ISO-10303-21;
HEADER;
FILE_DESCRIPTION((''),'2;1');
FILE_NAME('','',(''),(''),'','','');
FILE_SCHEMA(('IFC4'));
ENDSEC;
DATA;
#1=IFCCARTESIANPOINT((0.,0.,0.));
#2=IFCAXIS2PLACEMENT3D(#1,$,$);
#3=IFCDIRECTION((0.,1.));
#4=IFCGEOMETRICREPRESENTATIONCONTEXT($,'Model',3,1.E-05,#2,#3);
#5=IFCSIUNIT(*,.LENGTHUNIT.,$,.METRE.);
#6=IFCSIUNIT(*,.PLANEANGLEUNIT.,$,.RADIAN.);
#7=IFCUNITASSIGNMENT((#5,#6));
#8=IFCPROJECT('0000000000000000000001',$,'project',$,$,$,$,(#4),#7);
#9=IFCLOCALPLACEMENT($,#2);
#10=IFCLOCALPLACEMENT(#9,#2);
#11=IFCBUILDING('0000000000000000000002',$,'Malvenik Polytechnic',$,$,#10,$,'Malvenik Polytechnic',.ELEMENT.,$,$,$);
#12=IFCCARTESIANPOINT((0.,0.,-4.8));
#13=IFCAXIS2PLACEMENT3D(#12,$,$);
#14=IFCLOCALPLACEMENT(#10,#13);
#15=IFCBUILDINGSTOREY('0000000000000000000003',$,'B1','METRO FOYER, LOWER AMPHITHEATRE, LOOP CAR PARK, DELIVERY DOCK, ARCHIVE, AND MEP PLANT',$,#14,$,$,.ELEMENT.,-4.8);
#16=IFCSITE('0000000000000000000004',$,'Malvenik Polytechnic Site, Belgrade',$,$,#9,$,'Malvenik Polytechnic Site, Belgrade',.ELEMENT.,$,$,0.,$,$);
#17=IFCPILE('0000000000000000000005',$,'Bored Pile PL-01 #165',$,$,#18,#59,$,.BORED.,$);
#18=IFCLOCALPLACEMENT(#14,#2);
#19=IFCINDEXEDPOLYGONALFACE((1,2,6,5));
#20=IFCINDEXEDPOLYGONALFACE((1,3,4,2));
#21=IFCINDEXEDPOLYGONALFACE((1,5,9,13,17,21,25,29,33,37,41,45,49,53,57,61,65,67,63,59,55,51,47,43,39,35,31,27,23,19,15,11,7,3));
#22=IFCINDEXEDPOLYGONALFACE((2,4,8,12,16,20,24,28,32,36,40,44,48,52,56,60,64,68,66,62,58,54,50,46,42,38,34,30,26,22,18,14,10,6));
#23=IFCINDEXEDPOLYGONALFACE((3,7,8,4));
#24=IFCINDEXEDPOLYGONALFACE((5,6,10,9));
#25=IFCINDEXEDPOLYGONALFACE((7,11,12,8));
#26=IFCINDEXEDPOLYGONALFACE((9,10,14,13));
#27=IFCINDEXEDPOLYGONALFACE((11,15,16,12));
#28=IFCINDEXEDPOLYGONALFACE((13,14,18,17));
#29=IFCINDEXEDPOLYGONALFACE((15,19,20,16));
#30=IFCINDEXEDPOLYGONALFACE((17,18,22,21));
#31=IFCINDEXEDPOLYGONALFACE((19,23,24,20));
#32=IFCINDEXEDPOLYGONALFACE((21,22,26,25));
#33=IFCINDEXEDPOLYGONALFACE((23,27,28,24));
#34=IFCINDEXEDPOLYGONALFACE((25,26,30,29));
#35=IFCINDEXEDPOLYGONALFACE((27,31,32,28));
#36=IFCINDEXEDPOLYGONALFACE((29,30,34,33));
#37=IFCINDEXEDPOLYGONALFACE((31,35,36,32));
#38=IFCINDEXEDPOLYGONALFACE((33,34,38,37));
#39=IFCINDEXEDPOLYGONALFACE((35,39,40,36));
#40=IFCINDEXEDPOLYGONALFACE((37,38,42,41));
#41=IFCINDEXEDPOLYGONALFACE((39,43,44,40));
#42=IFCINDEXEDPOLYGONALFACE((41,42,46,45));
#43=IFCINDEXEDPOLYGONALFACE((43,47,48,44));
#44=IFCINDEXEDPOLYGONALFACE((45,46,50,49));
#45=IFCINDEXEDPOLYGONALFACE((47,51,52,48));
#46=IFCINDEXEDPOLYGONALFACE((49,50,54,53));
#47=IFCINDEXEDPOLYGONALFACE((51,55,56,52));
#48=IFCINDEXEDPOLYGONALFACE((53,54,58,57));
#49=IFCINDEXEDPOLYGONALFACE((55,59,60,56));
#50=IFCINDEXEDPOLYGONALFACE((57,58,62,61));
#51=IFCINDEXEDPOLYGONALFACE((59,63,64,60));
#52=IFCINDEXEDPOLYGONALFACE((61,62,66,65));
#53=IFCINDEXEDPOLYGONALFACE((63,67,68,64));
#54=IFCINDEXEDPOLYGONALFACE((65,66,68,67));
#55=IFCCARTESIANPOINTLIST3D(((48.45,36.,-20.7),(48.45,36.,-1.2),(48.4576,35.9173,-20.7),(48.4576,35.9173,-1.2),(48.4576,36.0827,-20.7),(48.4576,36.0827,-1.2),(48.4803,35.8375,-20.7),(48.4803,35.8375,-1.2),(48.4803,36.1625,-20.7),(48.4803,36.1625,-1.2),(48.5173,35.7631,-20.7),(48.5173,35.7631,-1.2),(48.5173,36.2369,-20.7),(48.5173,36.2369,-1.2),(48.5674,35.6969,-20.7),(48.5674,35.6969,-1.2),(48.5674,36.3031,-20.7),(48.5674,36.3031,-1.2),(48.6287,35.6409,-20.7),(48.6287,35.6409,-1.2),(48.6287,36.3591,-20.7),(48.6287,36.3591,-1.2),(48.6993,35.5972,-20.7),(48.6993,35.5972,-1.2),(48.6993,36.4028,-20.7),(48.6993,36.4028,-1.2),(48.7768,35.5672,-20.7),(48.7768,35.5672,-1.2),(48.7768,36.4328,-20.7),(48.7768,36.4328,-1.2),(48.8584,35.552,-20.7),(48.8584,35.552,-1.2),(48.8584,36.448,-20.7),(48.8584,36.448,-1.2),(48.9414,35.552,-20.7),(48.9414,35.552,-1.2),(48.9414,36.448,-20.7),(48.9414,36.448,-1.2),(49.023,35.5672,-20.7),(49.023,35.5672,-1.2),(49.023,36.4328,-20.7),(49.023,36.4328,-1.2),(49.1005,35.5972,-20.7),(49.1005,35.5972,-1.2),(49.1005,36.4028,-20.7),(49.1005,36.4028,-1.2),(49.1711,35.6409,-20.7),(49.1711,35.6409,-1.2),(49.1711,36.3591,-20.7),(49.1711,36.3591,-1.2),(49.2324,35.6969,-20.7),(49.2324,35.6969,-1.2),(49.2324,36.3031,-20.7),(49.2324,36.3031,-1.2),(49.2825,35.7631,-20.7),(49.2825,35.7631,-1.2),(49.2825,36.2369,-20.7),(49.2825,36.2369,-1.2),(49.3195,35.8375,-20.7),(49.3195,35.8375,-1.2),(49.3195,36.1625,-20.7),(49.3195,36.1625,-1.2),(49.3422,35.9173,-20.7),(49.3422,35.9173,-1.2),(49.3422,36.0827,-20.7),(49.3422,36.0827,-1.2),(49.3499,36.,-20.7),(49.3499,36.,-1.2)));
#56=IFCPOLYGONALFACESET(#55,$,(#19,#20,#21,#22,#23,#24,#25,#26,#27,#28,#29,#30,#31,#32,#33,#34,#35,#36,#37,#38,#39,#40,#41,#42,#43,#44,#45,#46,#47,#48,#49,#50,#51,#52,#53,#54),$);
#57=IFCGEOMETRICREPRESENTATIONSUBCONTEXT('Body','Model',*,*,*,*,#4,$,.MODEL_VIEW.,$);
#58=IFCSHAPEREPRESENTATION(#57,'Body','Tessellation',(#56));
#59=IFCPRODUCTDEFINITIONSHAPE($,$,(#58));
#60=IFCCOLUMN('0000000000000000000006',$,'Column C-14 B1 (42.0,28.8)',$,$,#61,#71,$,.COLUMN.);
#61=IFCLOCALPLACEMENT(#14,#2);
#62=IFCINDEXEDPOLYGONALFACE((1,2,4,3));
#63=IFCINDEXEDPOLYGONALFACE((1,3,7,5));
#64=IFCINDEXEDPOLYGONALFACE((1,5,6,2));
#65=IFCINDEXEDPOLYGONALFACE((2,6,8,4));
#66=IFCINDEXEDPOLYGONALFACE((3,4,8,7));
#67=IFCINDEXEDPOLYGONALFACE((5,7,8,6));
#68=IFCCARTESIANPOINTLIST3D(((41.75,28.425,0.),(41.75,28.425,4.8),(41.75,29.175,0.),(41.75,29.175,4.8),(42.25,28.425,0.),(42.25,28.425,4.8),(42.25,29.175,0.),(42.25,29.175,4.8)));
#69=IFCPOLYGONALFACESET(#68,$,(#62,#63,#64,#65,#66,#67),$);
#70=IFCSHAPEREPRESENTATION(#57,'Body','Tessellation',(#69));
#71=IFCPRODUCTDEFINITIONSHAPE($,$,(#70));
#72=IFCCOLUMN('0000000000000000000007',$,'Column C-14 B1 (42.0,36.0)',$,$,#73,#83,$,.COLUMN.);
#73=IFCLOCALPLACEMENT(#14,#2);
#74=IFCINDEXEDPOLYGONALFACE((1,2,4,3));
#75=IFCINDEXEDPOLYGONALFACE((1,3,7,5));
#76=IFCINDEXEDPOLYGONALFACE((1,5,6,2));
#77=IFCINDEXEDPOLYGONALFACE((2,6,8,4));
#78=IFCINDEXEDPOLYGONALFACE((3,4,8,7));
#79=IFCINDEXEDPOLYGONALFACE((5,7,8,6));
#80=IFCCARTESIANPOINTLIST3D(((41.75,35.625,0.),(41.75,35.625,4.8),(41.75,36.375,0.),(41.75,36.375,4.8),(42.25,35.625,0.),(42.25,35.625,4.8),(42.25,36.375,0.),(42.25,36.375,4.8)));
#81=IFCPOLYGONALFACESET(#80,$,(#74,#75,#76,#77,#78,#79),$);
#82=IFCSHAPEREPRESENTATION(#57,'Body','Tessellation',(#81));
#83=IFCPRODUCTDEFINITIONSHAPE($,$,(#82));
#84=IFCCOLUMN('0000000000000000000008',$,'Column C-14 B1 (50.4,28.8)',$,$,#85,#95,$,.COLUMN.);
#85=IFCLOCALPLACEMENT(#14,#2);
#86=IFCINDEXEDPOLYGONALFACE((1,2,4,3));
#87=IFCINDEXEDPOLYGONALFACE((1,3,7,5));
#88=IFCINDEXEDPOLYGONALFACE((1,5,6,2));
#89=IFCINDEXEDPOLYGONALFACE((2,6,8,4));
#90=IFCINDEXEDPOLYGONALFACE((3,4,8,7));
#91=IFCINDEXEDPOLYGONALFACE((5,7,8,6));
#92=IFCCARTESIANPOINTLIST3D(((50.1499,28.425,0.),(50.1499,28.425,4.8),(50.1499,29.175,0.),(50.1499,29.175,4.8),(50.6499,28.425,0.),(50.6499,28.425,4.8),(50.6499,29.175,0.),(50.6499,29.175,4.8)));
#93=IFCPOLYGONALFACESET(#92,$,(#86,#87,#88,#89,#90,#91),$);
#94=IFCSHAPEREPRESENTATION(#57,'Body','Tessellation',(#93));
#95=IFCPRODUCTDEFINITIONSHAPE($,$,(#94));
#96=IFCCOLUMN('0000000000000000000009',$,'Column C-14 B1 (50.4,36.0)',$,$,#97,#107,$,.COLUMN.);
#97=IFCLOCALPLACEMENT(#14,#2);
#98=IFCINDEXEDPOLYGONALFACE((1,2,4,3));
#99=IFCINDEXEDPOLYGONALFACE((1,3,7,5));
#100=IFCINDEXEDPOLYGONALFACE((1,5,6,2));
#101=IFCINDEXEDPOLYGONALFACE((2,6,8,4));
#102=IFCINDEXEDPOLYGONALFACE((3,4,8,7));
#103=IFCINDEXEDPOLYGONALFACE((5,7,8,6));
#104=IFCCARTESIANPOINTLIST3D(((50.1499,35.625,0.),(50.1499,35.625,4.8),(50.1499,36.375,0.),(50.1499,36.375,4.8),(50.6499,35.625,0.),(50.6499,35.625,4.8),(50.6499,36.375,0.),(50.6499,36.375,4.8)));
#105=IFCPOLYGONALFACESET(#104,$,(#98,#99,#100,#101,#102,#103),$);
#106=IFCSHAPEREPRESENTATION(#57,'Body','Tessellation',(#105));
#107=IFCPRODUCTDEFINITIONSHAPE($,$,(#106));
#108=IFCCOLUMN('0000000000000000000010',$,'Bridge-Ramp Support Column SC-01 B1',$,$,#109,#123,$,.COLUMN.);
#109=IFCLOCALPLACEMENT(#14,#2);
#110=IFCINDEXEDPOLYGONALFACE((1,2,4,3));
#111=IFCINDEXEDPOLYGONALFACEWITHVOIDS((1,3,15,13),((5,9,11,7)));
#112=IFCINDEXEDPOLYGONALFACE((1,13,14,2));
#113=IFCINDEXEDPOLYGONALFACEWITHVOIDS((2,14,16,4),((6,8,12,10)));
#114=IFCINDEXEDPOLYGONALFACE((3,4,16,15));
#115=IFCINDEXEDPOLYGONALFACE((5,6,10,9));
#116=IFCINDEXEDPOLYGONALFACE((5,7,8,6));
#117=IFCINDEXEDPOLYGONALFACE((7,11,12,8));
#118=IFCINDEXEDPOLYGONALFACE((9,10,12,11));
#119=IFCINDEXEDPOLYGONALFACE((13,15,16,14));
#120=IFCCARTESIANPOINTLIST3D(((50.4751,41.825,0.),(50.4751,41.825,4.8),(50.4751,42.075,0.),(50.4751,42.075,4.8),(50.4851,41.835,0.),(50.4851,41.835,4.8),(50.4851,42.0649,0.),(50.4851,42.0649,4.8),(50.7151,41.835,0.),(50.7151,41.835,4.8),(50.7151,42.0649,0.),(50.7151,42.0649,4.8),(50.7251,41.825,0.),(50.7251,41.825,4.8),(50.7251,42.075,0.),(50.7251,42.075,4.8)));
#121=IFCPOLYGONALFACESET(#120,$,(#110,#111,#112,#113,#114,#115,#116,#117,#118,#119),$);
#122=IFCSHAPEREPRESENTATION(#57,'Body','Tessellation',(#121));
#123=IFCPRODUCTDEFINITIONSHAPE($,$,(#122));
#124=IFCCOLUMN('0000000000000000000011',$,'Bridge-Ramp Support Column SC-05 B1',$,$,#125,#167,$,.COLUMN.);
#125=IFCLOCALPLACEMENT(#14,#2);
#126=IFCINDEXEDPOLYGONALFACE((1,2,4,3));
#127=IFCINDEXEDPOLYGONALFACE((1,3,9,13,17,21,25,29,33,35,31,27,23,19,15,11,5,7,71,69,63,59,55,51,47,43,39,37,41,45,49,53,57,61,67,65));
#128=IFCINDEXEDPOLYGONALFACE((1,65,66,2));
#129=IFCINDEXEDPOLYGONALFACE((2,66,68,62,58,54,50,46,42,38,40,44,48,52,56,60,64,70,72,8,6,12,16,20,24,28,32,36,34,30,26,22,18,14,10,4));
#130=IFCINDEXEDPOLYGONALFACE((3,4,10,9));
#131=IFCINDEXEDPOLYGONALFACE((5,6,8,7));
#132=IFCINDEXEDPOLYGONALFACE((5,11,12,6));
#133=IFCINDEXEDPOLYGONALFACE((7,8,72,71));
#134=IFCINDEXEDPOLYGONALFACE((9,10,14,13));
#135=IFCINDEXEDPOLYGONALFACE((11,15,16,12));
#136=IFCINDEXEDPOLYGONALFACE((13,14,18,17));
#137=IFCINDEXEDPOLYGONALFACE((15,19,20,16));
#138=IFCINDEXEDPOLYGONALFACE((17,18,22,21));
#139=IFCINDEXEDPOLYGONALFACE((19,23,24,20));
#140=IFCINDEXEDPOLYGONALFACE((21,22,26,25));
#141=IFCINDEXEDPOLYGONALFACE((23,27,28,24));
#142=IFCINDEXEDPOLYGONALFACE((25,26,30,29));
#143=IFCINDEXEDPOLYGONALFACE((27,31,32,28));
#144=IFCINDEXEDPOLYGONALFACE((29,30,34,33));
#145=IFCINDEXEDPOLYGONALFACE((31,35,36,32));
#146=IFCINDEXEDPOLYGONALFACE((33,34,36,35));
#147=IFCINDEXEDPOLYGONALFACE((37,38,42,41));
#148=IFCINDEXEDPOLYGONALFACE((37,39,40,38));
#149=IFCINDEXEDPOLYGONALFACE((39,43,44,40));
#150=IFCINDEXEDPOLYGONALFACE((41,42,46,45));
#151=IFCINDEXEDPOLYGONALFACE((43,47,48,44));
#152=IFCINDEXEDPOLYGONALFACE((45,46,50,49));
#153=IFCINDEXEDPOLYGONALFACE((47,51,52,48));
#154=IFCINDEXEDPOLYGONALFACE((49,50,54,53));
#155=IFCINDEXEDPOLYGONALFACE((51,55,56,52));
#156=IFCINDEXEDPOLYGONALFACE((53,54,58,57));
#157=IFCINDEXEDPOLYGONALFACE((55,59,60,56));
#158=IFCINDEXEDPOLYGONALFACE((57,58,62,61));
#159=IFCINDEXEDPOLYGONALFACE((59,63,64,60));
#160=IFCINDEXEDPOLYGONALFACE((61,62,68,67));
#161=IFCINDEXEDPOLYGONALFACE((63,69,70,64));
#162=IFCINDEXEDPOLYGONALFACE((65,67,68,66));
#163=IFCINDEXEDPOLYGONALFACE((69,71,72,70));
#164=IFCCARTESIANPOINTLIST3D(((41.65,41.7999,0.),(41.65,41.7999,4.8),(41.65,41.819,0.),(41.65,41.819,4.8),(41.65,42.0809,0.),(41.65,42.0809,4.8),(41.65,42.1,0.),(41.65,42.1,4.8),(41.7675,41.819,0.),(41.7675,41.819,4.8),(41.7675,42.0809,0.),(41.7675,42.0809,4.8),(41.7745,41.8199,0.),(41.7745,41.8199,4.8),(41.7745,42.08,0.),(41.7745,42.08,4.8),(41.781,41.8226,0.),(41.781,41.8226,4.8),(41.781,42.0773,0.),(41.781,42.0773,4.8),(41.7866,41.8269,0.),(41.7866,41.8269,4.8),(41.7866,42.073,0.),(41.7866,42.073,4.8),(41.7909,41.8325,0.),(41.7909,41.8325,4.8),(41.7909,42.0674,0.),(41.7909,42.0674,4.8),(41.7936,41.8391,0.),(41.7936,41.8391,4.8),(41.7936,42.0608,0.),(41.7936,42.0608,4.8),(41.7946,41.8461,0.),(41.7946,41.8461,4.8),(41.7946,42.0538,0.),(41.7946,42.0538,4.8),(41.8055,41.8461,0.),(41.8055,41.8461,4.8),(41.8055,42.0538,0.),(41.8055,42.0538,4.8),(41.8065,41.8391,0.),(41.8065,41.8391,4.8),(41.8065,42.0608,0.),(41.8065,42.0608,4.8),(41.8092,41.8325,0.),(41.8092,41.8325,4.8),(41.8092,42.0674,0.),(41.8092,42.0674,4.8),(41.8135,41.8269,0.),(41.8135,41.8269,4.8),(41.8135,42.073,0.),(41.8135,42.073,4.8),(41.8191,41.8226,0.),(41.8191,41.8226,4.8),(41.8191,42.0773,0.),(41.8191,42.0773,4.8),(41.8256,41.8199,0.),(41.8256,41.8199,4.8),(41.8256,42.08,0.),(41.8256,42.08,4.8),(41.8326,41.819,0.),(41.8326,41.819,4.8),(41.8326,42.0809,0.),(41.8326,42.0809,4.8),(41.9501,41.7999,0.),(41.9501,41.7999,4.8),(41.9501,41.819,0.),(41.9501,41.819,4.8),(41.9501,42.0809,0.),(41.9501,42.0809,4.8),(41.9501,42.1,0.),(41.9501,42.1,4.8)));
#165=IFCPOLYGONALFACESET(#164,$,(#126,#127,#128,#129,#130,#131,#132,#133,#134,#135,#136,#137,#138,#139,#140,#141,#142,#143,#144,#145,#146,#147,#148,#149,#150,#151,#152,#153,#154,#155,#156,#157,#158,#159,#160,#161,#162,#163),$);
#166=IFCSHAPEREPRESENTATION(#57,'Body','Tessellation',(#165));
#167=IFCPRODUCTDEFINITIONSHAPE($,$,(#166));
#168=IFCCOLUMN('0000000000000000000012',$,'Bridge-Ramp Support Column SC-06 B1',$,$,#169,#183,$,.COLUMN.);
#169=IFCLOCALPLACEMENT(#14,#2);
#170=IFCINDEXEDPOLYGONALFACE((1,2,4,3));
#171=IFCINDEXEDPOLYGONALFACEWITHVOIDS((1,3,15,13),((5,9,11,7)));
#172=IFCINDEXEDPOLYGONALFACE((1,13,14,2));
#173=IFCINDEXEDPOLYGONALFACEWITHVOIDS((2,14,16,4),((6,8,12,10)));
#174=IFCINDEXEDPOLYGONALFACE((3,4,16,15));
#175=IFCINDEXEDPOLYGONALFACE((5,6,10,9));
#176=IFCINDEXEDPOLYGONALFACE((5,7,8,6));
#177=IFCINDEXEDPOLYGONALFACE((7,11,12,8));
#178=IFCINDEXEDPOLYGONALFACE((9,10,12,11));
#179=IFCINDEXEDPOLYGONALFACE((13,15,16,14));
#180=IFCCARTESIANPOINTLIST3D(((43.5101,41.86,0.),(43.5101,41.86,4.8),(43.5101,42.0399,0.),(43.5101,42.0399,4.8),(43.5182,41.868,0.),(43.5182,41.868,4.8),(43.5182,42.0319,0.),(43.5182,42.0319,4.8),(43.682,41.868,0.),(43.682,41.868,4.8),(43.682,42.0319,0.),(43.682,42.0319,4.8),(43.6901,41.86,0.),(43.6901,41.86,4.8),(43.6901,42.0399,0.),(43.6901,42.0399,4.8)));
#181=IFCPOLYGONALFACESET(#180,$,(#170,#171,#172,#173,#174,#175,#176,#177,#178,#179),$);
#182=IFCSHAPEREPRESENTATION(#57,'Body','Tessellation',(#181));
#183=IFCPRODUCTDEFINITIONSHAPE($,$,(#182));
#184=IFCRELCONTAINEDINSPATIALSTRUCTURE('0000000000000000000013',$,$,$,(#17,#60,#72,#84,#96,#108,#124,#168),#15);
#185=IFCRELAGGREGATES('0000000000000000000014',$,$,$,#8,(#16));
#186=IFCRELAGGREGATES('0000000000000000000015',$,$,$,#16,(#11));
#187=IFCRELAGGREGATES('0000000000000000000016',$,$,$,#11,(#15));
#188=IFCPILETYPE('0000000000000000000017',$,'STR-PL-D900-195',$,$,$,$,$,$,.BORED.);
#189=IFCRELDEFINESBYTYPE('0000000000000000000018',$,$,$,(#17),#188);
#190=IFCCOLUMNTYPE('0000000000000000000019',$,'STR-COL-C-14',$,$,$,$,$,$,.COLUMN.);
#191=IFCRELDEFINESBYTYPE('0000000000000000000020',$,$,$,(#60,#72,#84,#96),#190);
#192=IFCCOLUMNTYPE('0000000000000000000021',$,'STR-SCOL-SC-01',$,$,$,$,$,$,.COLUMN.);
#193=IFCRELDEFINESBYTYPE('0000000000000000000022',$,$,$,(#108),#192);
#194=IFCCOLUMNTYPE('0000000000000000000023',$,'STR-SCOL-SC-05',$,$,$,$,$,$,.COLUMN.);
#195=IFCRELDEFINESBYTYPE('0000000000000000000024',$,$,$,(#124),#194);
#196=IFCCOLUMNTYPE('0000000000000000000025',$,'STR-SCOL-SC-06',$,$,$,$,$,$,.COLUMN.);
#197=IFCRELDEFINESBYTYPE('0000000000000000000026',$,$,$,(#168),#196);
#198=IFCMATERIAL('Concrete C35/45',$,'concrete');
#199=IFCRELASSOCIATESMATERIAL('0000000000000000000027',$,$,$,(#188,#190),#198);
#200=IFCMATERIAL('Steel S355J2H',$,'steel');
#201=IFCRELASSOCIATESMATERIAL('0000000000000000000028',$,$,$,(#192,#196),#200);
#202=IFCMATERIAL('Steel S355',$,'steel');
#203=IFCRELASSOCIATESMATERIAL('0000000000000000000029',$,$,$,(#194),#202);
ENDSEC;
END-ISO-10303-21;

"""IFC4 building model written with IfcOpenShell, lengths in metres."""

from ifc_helpers import new_model, si_unit, direction, frame, origin, origin_2d, place, context, subcontext, project, spatial, rectangle, hollow_rectangle, circle, i_section, extrude, material, material_profile, profile_set, type_object, element, save


model = new_model("IFC4")

# Units and contexts
model_context = context("Model", 3, precision=1e-05, world=origin(), true_north=direction((0.0, 1.0)))
body_context = subcontext(model_context, "Body", "Model", "MODEL_VIEW")
ifc_project = project(units=[si_unit("LENGTHUNIT", "METRE"), si_unit("PLANEANGLEUNIT", "RADIAN")], contexts=[model_context])

# Site, building, storey
site_placement = place(None, origin())
site = spatial("IfcSite", under=ifc_project, at=site_placement, Name="Malvenik Polytechnic Site, Belgrade", LongName="Malvenik Polytechnic Site, Belgrade", CompositionType="ELEMENT", RefElevation=0.0)
building_placement = place(site_placement, origin())
building = spatial("IfcBuilding", under=site, at=building_placement, Name="Malvenik Polytechnic", LongName="Malvenik Polytechnic", CompositionType="ELEMENT")
storey_placement = place(building_placement, frame((0.0, 0.0, -4.8)))
storey = spatial("IfcBuildingStorey", under=building, at=storey_placement, Name="B1", Description="METRO FOYER, LOWER AMPHITHEATRE, LOOP CAR PARK, DELIVERY DOCK, ARCHIVE, AND MEP PLANT", CompositionType="ELEMENT", Elevation=-4.8)

# Shared definitions
ifc_material_1 = material(Name="Concrete C35/45", Category="concrete")

# Pile
ifc_material_profile_1 = material_profile(ifc_material_1, circle(Radius=0.45, at=origin_2d()), Name="BORED PILE D900")
ifc_profile_set_1 = profile_set([ifc_material_profile_1], Name="Concrete C35/45")
pile_type = type_object("IfcPileType", Name="STR-PL-D900-195", PredefinedType="BORED", material=ifc_profile_set_1)
for number, where, z_axis, x_axis, name in (
    (1, (48.8999, 36.0, -1.2), (0.0, 0.0, -1.0), (1.0, 0.0, 0.0), "Bored Pile PL-01 #165"),
):
    element("IfcPile", number, at=place(storey_placement, frame(where, z_axis=z_axis, x_axis=x_axis)), inside=storey, type_object=pile_type, Name=name, PredefinedType="BORED", context=body_context, shape_type="SweptSolid", body=[
        extrude(circle(Radius=0.45, at=origin_2d()), origin(), (0.0, 0.0, 1.0), 19.5),
    ])

# Columns
ifc_material_profile_2 = material_profile(ifc_material_1, rectangle(XDim=0.5, YDim=0.75, at=origin_2d()), Name="RC COL 750x500")
ifc_profile_set_2 = profile_set([ifc_material_profile_2], Name="Concrete C35/45")
column_type_1 = type_object("IfcColumnType", Name="STR-COL-C-14", PredefinedType="COLUMN", material=ifc_profile_set_2)
for number, where, z_axis, x_axis, name in (
    (2, (42.0, 28.8, 0.0), (0.0, 0.0, 1.0), (1.0, 0.0, 0.0), "Column C-14 B1 (42.0,28.8)"),
    (3, (42.0, 36.0, 0.0), (0.0, 0.0, 1.0), (1.0, 0.0, 0.0), "Column C-14 B1 (42.0,36.0)"),
    (4, (50.3999, 28.8, 0.0), (0.0, 0.0, 1.0), (1.0, 0.0, 0.0), "Column C-14 B1 (50.4,28.8)"),
    (5, (50.3999, 36.0, 0.0), (0.0, 0.0, 1.0), (1.0, 0.0, 0.0), "Column C-14 B1 (50.4,36.0)"),
):
    element("IfcColumn", number, at=place(storey_placement, frame(where, z_axis=z_axis, x_axis=x_axis)), inside=storey, type_object=column_type_1, Name=name, PredefinedType="COLUMN", context=body_context, shape_type="SweptSolid", body=[
        extrude(rectangle(XDim=0.5, YDim=0.75, at=origin_2d()), origin(), (0.0, 0.0, 1.0), 4.8),
    ])
ifc_material_2 = material(Name="Steel S355J2H", Category="steel")
ifc_material_profile_3 = material_profile(ifc_material_2, hollow_rectangle(XDim=0.25, YDim=0.25, WallThickness=0.01, at=origin_2d()), Name="SHS 250x250x10.0")
ifc_profile_set_3 = profile_set([ifc_material_profile_3], Name="Steel S355J2H")
column_type_2 = type_object("IfcColumnType", Name="STR-SCOL-SC-01", PredefinedType="COLUMN", material=ifc_profile_set_3)
column_1_placement = place(storey_placement, frame((50.6001, 41.95, 0.0), z_axis=(0.0, 0.0, 1.0), x_axis=(1.0, 0.0, 0.0)))
element("IfcColumn", 6, at=column_1_placement, inside=storey, type_object=column_type_2, Name="Bridge-Ramp Support Column SC-01 B1", PredefinedType="COLUMN", context=body_context, shape_type="SweptSolid", body=[
    extrude(hollow_rectangle(XDim=0.25, YDim=0.25, WallThickness=0.01, at=origin_2d()), origin(), (0.0, 0.0, 1.0), 4.8),
])
ifc_material_3 = material(Name="Steel S355", Category="steel")
ifc_material_profile_4 = material_profile(ifc_material_3, i_section(OverallWidth=0.3, OverallDepth=0.3, WebThickness=0.011, FlangeThickness=0.019, FilletRadius=0.0271, at=origin_2d()), Name="HEB 300")
ifc_profile_set_4 = profile_set([ifc_material_profile_4], Name="Steel S355")
column_type_3 = type_object("IfcColumnType", Name="STR-SCOL-SC-05", PredefinedType="COLUMN", material=ifc_profile_set_4)
column_2_placement = place(storey_placement, frame((41.8, 41.95, 0.0), z_axis=(0.0, 0.0, 1.0), x_axis=(1.0, 0.0, 0.0)))
element("IfcColumn", 7, at=column_2_placement, inside=storey, type_object=column_type_3, Name="Bridge-Ramp Support Column SC-05 B1", PredefinedType="COLUMN", context=body_context, shape_type="SweptSolid", body=[
    extrude(i_section(OverallWidth=0.3, OverallDepth=0.3, WebThickness=0.011, FlangeThickness=0.019, FilletRadius=0.0271, at=origin_2d()), origin(), (0.0, 0.0, 1.0), 4.8),
])
ifc_material_profile_5 = material_profile(ifc_material_2, hollow_rectangle(XDim=0.1799, YDim=0.1799, WallThickness=0.0081, at=origin_2d()), Name="SHS 180x180x8.0")
ifc_profile_set_5 = profile_set([ifc_material_profile_5], Name="Steel S355J2H")
column_type_4 = type_object("IfcColumnType", Name="STR-SCOL-SC-06", PredefinedType="COLUMN", material=ifc_profile_set_5)
column_3_placement = place(storey_placement, frame((43.6001, 41.95, 0.0), z_axis=(0.0, 0.0, 1.0), x_axis=(1.0, 0.0, 0.0)))
element("IfcColumn", 8, at=column_3_placement, inside=storey, type_object=column_type_4, Name="Bridge-Ramp Support Column SC-06 B1", PredefinedType="COLUMN", context=body_context, shape_type="SweptSolid", body=[
    extrude(hollow_rectangle(XDim=0.1799, YDim=0.1799, WallThickness=0.0081, at=origin_2d()), origin(), (0.0, 0.0, 1.0), 4.8),
])

save(model, "model.ifc")
